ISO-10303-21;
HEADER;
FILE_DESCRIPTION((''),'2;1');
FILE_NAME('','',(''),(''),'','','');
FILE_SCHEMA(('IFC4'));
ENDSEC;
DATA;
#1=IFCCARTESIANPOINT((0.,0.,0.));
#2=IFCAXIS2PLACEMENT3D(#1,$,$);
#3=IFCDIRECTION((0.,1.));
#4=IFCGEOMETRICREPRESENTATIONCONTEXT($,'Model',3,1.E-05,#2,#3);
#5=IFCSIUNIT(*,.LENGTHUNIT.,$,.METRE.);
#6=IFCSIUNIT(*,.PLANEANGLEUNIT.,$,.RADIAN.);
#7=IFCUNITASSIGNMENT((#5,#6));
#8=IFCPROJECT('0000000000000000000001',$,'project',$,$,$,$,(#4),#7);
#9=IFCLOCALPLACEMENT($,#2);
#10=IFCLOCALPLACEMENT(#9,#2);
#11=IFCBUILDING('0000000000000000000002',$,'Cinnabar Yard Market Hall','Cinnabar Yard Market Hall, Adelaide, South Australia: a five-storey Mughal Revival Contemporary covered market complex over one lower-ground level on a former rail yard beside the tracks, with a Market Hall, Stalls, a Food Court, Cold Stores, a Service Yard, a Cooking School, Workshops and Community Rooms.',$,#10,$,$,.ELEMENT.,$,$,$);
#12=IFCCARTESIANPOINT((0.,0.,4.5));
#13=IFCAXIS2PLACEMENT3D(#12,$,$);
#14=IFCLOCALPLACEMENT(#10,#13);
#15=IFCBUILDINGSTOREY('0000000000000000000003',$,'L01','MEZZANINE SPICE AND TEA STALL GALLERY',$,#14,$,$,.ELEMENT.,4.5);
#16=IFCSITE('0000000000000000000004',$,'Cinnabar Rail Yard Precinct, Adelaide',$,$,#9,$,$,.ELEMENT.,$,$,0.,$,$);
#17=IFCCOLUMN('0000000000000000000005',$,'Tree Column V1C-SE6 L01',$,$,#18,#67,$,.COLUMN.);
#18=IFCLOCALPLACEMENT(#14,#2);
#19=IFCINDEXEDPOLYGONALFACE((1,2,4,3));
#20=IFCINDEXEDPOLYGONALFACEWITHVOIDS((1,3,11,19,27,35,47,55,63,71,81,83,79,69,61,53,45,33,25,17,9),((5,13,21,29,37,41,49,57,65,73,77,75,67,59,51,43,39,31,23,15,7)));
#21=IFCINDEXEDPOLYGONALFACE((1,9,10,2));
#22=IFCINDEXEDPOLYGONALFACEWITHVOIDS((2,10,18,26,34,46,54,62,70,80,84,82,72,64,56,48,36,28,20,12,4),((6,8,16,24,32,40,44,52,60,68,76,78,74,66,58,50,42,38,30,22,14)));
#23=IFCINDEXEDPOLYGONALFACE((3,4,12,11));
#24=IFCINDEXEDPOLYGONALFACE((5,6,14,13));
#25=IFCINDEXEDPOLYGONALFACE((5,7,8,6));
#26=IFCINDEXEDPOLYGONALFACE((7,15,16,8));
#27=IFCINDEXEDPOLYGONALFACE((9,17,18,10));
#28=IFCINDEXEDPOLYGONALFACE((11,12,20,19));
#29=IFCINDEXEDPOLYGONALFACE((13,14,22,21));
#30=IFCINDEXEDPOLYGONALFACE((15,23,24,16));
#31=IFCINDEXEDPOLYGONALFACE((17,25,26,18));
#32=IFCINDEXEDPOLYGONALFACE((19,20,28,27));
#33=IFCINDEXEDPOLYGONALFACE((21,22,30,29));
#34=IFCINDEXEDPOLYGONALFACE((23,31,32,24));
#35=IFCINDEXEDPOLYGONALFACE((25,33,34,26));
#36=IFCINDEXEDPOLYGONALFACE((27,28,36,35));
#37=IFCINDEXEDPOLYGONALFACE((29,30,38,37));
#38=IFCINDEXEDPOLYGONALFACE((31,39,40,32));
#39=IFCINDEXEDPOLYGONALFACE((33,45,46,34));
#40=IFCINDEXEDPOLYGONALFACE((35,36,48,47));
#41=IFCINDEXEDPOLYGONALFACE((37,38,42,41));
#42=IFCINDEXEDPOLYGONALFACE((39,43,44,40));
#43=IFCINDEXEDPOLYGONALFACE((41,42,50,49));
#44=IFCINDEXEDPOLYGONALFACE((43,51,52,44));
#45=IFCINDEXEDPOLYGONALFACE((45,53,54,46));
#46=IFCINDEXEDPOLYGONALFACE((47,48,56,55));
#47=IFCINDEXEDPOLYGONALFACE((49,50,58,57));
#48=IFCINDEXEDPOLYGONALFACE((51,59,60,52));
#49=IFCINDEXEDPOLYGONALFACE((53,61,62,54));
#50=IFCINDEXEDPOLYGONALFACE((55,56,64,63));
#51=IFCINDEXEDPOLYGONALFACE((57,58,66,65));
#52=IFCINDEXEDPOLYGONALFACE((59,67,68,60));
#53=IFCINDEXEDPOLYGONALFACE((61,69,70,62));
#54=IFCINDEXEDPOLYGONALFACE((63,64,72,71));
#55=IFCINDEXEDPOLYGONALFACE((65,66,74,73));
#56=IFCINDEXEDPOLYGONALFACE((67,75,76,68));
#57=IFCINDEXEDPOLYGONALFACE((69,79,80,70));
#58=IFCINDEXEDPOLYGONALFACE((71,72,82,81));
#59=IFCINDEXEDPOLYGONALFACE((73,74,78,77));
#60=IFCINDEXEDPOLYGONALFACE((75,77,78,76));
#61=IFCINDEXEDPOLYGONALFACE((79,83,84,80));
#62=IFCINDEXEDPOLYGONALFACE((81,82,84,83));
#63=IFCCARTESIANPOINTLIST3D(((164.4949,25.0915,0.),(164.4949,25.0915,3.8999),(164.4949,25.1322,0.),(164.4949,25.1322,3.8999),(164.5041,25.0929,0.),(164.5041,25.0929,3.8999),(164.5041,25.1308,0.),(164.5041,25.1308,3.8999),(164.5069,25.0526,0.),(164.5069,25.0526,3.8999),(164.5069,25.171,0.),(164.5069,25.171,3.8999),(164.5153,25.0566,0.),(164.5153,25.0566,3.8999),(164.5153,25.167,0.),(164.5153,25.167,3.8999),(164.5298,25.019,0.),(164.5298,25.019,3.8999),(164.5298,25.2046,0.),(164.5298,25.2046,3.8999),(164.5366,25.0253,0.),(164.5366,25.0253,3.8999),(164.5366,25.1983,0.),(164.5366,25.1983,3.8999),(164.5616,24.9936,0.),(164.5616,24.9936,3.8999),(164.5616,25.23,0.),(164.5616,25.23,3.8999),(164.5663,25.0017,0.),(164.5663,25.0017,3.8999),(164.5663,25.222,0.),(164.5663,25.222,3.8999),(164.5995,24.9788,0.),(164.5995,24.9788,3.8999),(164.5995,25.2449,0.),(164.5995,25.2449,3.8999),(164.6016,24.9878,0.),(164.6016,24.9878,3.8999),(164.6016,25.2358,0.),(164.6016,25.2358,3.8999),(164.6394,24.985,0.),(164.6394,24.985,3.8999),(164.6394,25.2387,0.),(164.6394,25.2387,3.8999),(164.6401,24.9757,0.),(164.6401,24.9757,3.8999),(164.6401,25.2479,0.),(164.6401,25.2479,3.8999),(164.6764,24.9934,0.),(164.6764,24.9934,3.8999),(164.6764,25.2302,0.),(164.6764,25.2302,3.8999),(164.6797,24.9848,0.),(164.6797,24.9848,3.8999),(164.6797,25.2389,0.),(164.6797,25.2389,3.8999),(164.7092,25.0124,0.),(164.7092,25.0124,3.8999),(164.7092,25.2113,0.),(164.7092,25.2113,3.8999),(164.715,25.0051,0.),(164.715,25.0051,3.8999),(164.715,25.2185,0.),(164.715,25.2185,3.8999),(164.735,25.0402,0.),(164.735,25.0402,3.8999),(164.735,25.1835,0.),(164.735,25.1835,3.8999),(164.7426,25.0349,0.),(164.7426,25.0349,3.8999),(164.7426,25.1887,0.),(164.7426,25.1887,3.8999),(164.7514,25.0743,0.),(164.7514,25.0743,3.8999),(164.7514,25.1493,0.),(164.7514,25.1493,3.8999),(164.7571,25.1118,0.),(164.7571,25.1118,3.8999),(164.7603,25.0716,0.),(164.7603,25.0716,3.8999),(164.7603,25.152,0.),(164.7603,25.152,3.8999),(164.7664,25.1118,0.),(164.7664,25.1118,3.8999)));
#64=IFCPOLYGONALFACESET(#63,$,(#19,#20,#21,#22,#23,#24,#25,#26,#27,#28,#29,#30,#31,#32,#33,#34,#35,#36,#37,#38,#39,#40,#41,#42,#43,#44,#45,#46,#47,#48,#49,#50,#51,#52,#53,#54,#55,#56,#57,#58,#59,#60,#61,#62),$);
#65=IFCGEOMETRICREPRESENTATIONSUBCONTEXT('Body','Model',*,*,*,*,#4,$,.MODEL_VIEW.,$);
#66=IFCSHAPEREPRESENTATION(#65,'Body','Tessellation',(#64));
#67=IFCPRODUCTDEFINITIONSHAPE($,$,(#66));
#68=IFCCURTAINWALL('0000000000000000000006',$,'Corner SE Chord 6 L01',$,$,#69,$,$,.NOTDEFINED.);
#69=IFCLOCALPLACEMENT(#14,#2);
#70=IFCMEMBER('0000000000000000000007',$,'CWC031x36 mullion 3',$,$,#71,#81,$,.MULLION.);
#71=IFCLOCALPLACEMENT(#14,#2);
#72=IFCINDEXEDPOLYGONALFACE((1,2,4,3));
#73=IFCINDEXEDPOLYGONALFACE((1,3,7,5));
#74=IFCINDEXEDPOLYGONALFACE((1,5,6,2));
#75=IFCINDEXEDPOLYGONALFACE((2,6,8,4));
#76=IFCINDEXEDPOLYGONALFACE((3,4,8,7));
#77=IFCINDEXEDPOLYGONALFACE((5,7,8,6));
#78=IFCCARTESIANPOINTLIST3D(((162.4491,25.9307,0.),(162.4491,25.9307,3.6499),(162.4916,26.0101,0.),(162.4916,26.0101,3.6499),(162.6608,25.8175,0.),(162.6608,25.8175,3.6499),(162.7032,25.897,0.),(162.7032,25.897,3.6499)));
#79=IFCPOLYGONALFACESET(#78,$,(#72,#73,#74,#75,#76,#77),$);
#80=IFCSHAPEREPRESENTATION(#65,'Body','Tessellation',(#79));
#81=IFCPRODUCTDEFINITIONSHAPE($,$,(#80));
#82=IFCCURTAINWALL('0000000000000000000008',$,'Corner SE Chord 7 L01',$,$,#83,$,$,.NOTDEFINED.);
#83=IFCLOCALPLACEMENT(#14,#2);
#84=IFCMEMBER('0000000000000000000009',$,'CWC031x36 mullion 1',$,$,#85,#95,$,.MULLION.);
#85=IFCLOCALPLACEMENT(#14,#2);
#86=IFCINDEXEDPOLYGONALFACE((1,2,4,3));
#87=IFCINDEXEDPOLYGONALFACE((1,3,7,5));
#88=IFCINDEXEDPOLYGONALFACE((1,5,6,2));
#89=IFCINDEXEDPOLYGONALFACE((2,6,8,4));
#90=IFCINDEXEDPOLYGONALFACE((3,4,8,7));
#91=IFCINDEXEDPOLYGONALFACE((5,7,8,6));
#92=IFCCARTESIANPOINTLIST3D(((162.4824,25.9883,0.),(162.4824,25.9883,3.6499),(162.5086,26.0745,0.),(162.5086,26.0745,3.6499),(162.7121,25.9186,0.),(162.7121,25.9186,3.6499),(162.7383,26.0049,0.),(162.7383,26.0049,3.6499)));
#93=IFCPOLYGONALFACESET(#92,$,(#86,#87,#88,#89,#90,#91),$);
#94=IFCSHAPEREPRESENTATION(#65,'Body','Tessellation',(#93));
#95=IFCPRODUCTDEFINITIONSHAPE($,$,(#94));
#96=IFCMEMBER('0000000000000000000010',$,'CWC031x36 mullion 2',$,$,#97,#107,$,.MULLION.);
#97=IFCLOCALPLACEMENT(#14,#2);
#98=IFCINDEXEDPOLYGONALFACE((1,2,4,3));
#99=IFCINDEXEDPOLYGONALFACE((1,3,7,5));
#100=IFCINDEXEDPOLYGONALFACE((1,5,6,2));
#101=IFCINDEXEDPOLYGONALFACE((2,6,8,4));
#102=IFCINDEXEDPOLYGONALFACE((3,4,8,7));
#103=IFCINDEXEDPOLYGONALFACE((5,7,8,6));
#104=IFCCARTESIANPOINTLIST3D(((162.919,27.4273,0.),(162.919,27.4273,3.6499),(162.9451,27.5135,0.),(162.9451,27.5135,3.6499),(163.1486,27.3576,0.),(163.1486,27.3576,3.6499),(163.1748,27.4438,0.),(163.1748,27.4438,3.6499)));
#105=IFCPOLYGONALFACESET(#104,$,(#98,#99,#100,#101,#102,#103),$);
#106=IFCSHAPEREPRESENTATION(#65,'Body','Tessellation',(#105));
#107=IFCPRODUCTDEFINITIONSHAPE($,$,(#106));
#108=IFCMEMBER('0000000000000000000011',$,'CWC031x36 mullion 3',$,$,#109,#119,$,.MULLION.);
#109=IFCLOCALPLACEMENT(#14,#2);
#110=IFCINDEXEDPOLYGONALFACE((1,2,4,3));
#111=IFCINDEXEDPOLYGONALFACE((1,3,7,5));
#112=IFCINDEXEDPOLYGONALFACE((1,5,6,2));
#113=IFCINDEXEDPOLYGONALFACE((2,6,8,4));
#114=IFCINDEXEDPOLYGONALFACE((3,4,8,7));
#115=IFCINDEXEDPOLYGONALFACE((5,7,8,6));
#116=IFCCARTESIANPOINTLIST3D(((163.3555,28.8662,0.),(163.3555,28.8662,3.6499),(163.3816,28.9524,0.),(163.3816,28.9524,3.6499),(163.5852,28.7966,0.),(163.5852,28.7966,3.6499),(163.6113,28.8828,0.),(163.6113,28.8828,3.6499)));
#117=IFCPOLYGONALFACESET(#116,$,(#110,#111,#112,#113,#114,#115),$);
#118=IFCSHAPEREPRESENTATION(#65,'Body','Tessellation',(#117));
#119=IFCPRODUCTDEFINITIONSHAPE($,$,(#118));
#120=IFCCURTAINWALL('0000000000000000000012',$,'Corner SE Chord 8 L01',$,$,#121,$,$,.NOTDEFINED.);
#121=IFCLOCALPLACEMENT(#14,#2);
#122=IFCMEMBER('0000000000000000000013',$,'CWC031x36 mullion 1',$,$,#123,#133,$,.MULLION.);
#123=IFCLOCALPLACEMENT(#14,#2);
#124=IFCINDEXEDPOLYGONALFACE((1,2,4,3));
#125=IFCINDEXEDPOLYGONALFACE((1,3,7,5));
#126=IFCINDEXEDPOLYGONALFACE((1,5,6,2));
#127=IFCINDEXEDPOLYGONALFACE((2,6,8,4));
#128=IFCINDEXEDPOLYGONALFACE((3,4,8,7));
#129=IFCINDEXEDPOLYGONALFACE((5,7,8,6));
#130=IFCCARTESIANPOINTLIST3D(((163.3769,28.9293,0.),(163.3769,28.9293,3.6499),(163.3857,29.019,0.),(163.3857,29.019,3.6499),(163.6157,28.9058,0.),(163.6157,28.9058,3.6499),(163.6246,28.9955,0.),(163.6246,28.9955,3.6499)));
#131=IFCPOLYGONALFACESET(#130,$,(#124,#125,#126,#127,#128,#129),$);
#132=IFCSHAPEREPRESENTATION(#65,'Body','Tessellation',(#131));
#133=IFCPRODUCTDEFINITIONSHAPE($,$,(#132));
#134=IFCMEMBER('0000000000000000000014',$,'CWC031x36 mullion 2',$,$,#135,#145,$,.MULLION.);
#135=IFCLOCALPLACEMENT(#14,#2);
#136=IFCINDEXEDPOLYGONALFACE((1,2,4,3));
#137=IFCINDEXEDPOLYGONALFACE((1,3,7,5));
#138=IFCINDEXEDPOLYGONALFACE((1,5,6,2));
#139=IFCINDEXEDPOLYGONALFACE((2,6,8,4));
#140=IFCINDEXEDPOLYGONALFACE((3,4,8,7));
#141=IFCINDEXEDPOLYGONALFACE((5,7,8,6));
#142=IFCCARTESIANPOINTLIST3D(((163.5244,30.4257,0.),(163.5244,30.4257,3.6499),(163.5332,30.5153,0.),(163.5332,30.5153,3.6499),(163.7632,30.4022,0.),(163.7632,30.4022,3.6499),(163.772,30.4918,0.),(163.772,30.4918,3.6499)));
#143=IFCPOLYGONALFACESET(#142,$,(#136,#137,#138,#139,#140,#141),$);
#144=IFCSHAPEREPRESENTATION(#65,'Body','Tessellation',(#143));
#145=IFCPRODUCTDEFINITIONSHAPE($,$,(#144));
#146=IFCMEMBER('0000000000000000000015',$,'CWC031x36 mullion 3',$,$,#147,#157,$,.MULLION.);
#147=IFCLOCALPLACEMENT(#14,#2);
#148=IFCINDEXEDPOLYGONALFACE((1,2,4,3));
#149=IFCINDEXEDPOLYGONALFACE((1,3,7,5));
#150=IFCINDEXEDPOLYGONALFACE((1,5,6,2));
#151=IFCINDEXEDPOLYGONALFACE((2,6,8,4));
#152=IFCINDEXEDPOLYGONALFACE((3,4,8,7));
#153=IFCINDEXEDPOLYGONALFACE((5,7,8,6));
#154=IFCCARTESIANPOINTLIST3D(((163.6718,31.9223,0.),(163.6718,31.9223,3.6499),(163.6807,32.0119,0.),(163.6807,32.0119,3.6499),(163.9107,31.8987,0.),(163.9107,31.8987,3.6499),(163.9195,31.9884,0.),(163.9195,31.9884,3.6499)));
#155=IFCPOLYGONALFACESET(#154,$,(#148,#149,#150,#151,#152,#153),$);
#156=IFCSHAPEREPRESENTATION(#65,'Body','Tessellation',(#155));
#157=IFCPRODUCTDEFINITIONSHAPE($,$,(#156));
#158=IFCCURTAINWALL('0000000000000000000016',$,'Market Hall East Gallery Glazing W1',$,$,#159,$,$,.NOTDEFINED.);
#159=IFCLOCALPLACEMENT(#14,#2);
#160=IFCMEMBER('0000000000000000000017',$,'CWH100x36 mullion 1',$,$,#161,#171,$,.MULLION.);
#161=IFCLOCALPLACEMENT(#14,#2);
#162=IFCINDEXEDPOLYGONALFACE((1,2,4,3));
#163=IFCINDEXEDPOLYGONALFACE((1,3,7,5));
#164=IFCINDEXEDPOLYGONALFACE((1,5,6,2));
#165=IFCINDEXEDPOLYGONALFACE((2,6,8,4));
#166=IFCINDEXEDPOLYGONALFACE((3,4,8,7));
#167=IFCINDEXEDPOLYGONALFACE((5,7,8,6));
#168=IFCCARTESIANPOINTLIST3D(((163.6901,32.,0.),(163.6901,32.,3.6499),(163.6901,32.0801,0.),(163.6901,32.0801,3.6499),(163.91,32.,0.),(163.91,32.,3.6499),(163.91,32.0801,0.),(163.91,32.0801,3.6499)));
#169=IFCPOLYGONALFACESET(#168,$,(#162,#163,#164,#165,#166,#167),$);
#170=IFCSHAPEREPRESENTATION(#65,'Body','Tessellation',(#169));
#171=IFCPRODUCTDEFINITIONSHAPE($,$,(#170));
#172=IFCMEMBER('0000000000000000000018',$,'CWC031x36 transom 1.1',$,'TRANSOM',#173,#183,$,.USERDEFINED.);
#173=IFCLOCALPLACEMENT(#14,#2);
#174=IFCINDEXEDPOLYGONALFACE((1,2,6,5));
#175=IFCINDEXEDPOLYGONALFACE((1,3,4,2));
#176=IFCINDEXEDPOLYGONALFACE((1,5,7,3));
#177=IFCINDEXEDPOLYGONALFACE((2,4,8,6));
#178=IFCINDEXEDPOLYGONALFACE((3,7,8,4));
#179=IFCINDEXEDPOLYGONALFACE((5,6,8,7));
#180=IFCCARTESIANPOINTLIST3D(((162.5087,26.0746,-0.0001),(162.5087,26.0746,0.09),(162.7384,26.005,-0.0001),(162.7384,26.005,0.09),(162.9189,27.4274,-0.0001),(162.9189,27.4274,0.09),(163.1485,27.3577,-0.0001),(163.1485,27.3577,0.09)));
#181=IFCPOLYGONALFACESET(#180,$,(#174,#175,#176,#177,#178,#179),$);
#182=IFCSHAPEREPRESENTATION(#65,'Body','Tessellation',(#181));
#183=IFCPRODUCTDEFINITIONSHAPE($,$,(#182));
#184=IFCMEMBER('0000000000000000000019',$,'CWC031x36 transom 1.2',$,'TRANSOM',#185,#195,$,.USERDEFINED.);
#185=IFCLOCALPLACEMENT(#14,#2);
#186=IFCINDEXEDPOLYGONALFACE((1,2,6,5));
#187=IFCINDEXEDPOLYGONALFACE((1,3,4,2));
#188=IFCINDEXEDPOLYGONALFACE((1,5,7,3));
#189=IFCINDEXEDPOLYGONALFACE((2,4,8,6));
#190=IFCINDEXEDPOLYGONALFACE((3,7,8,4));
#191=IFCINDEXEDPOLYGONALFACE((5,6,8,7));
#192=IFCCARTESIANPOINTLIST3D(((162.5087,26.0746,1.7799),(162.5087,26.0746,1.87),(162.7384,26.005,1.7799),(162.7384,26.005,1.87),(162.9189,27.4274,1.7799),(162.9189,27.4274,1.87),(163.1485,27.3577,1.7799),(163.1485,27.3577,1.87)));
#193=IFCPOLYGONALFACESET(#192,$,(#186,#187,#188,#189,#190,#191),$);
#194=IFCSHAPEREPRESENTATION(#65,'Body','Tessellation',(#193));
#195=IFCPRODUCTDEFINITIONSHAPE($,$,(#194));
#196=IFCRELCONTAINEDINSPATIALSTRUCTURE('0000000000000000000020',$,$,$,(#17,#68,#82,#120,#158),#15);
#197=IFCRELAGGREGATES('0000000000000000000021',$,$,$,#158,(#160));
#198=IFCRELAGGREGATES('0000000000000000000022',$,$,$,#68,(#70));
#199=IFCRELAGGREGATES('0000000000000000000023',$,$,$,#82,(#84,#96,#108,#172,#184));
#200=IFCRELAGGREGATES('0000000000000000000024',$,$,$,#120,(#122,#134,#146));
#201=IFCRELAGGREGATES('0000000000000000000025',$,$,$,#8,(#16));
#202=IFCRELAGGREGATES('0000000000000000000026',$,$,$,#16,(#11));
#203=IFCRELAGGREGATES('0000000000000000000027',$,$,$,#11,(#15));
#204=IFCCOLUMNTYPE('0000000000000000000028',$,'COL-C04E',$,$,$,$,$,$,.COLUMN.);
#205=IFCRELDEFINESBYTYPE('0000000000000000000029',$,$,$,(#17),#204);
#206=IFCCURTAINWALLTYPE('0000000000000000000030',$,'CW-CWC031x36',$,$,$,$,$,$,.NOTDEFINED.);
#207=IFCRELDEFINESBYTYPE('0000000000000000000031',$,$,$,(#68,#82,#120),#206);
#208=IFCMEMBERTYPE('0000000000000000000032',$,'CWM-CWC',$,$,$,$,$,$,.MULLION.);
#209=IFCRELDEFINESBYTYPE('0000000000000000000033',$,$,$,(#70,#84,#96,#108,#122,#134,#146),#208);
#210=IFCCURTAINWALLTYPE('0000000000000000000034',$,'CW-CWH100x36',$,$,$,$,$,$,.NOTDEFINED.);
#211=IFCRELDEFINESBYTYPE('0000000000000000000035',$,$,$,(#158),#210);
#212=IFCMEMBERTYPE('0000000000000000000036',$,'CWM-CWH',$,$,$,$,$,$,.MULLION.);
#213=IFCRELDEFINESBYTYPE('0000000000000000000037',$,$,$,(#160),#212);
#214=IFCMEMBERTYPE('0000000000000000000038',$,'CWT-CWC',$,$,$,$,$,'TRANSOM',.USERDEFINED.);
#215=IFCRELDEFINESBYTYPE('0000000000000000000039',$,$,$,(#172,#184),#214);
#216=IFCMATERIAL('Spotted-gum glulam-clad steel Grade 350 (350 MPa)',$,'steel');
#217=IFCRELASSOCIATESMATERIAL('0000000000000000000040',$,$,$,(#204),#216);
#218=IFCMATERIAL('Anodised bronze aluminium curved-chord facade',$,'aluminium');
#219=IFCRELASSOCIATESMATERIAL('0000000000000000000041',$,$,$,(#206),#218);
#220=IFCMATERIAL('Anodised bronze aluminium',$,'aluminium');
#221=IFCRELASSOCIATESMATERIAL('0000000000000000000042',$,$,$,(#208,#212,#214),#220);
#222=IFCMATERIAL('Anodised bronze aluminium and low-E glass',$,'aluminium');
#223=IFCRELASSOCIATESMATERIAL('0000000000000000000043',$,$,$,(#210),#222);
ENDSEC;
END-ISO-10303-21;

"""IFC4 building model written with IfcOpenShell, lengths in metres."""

from ifc_helpers import new_model, si_unit, direction, frame, origin, origin_2d_with_axis, place, context, subcontext, project, spatial, rectangle, hollow_circle, extrude, material, material_profile, profile_set, type_object, element, aggregate, save


model = new_model("IFC4")

# Units and contexts
model_context = context("Model", 3, precision=1e-05, world=origin(), true_north=direction((0.0, 1.0)))
body_context = subcontext(model_context, "Body", "Model", "MODEL_VIEW")
ifc_project = project(units=[si_unit("LENGTHUNIT", "METRE"), si_unit("PLANEANGLEUNIT", "RADIAN")], contexts=[model_context])

# Site, building, storey
site_placement = place(None, origin())
site = spatial("IfcSite", under=ifc_project, at=site_placement, Name="Cinnabar Rail Yard Precinct, Adelaide", CompositionType="ELEMENT", RefElevation=0.0)
building_placement = place(site_placement, origin())
building = spatial("IfcBuilding", under=site, at=building_placement, Name="Cinnabar Yard Market Hall", Description="Cinnabar Yard Market Hall, Adelaide, South Australia: a five-storey Mughal Revival Contemporary covered market complex over one lower-ground level on a former rail yard beside the tracks, with a Market Hall, Stalls, a Food Court, Cold Stores, a Service Yard, a Cooking School, Workshops and Community Rooms.", CompositionType="ELEMENT")
storey_placement = place(building_placement, frame((0.0, 0.0, 4.5)))
storey = spatial("IfcBuildingStorey", under=building, at=storey_placement, Name="L01", Description="MEZZANINE SPICE AND TEA STALL GALLERY", CompositionType="ELEMENT", Elevation=4.5)

# Column
ifc_material_1 = material(Name="Spotted-gum glulam-clad steel Grade 350 (350 MPa)", Category="steel")
ifc_material_profile_1 = material_profile(ifc_material_1, hollow_circle(Radius=0.1365, WallThickness=0.0093, at=origin_2d_with_axis()), Name="273.1x9.3CHS")
ifc_profile_set_1 = profile_set([ifc_material_profile_1], Name="Spotted-gum glulam-clad steel Grade 350 (350 MPa)")
column_type = type_object("IfcColumnType", Name="COL-C04E", PredefinedType="COLUMN", material=ifc_profile_set_1)
column_placement = place(storey_placement, frame((164.6299, 25.1118, 0.0), z_axis=(0.0, 0.0, 1.0), x_axis=(1.0, 0.0, 0.0)))
element("IfcColumn", 1, at=column_placement, inside=storey, type_object=column_type, Name="Tree Column V1C-SE6 L01", PredefinedType="COLUMN", context=body_context, shape_type="SweptSolid", body=[
    extrude(hollow_circle(Radius=0.1365, WallThickness=0.0093, at=origin_2d_with_axis()), origin(), (0.0, 0.0, 1.0), 3.8999),
])

# Curtain wall, member
ifc_material_2 = material(Name="Anodised bronze aluminium curved-chord facade", Category="aluminium")
curtain_wall_type_1 = type_object("IfcCurtainWallType", Name="CW-CWC031x36", PredefinedType="NOTDEFINED", material=ifc_material_2)
curtain_wall_1_placement = place(storey_placement, origin())
curtain_wall_1 = element("IfcCurtainWall", 2, at=curtain_wall_1_placement, inside=storey, type_object=curtain_wall_type_1, Name="Corner SE Chord 6 L01", PredefinedType="NOTDEFINED")
ifc_material_3 = material(Name="Anodised bronze aluminium", Category="aluminium")
ifc_material_profile_2 = material_profile(ifc_material_3, rectangle(XDim=0.24, YDim=0.0901, at=origin_2d_with_axis()), Name="MUL-CWC")
ifc_profile_set_2 = profile_set([ifc_material_profile_2], Name="Anodised bronze aluminium")
member_type_1 = type_object("IfcMemberType", Name="CWM-CWC", PredefinedType="MULLION", material=ifc_profile_set_2)
member_1_placement = place(storey_placement, frame((162.5762, 25.9138, 0.0), z_axis=(0.0, 0.0, 1.0), x_axis=(-0.881917, 0.471404, 0.0)))
member_1 = element("IfcMember", 3, at=member_1_placement, type_object=member_type_1, Name="CWC031x36 mullion 3", PredefinedType="MULLION", context=body_context, shape_type="SweptSolid", body=[
    extrude(rectangle(XDim=0.24, YDim=0.0901, at=origin_2d_with_axis()), origin(), (0.0, 0.0, 1.0), 3.6499),
])

# Curtain walls, members
curtain_wall_2_placement = place(storey_placement, origin())
curtain_wall_2 = element("IfcCurtainWall", 4, at=curtain_wall_2_placement, inside=storey, type_object=curtain_wall_type_1, Name="Corner SE Chord 7 L01", PredefinedType="NOTDEFINED")
member_2_placement = place(storey_placement, frame((162.6104, 25.9966, 0.0), z_axis=(0.0, 0.0, 1.0), x_axis=(-0.956942, 0.290279, 0.0)))
member_2 = element("IfcMember", 5, at=member_2_placement, type_object=member_type_1, Name="CWC031x36 mullion 1", PredefinedType="MULLION", context=body_context, shape_type="SweptSolid", body=[
    extrude(rectangle(XDim=0.24, YDim=0.0901, at=origin_2d_with_axis()), origin(), (0.0, 0.0, 1.0), 3.6499),
])
member_3_placement = place(storey_placement, frame((163.0469, 27.4355, 0.0), z_axis=(0.0, 0.0, 1.0), x_axis=(-0.956942, 0.290279, 0.0)))
member_3 = element("IfcMember", 6, at=member_3_placement, type_object=member_type_1, Name="CWC031x36 mullion 2", PredefinedType="MULLION", context=body_context, shape_type="SweptSolid", body=[
    extrude(rectangle(XDim=0.24, YDim=0.0901, at=origin_2d_with_axis()), origin(), (0.0, 0.0, 1.0), 3.6499),
])
member_4_placement = place(storey_placement, frame((163.4834, 28.8745, 0.0), z_axis=(0.0, 0.0, 1.0), x_axis=(-0.956942, 0.290279, 0.0)))
member_4 = element("IfcMember", 7, at=member_4_placement, type_object=member_type_1, Name="CWC031x36 mullion 3", PredefinedType="MULLION", context=body_context, shape_type="SweptSolid", body=[
    extrude(rectangle(XDim=0.24, YDim=0.0901, at=origin_2d_with_axis()), origin(), (0.0, 0.0, 1.0), 3.6499),
])
curtain_wall_3_placement = place(storey_placement, origin())
curtain_wall_3 = element("IfcCurtainWall", 8, at=curtain_wall_3_placement, inside=storey, type_object=curtain_wall_type_1, Name="Corner SE Chord 8 L01", PredefinedType="NOTDEFINED")
member_5_placement = place(storey_placement, frame((163.5007, 28.9624, 0.0), z_axis=(0.0, 0.0, 1.0), x_axis=(-0.995184, 0.09802, 0.0)))
member_5 = element("IfcMember", 9, at=member_5_placement, type_object=member_type_1, Name="CWC031x36 mullion 1", PredefinedType="MULLION", context=body_context, shape_type="SweptSolid", body=[
    extrude(rectangle(XDim=0.24, YDim=0.0901, at=origin_2d_with_axis()), origin(), (0.0, 0.0, 1.0), 3.6499),
])
member_6_placement = place(storey_placement, frame((163.6482, 30.4587, 0.0), z_axis=(0.0, 0.0, 1.0), x_axis=(-0.995184, 0.09802, 0.0)))
member_6 = element("IfcMember", 10, at=member_6_placement, type_object=member_type_1, Name="CWC031x36 mullion 2", PredefinedType="MULLION", context=body_context, shape_type="SweptSolid", body=[
    extrude(rectangle(XDim=0.24, YDim=0.0901, at=origin_2d_with_axis()), origin(), (0.0, 0.0, 1.0), 3.6499),
])
member_7_placement = place(storey_placement, frame((163.7957, 31.9553, 0.0), z_axis=(0.0, 0.0, 1.0), x_axis=(-0.995184, 0.09802, 0.0)))
member_7 = element("IfcMember", 11, at=member_7_placement, type_object=member_type_1, Name="CWC031x36 mullion 3", PredefinedType="MULLION", context=body_context, shape_type="SweptSolid", body=[
    extrude(rectangle(XDim=0.24, YDim=0.0901, at=origin_2d_with_axis()), origin(), (0.0, 0.0, 1.0), 3.6499),
])

# Curtain wall, member
ifc_material_4 = material(Name="Anodised bronze aluminium and low-E glass", Category="aluminium")
curtain_wall_type_2 = type_object("IfcCurtainWallType", Name="CW-CWH100x36", PredefinedType="NOTDEFINED", material=ifc_material_4)
curtain_wall_4_placement = place(storey_placement, origin())
curtain_wall_4 = element("IfcCurtainWall", 12, at=curtain_wall_4_placement, inside=storey, type_object=curtain_wall_type_2, Name="Market Hall East Gallery Glazing W1", PredefinedType="NOTDEFINED")
ifc_material_profile_3 = material_profile(ifc_material_3, rectangle(XDim=0.22, YDim=0.0801, at=origin_2d_with_axis()), Name="MUL-CWH")
ifc_profile_set_3 = profile_set([ifc_material_profile_3], Name="Anodised bronze aluminium")
member_type_2 = type_object("IfcMemberType", Name="CWM-CWH", PredefinedType="MULLION", material=ifc_profile_set_3)
member_8_placement = place(storey_placement, frame((163.8, 32.04, 0.0), z_axis=(0.0, 0.0, 1.0), x_axis=(-1.0, 0.0, 0.0)))
member_8 = element("IfcMember", 13, at=member_8_placement, type_object=member_type_2, Name="CWH100x36 mullion 1", PredefinedType="MULLION", context=body_context, shape_type="SweptSolid", body=[
    extrude(rectangle(XDim=0.22, YDim=0.0801, at=origin_2d_with_axis()), origin(), (0.0, 0.0, 1.0), 3.6499),
])

# Members
ifc_material_profile_4 = material_profile(ifc_material_3, rectangle(XDim=0.24, YDim=0.0901, at=origin_2d_with_axis()), Name="TRN-CWC")
ifc_profile_set_4 = profile_set([ifc_material_profile_4], Name="Anodised bronze aluminium")
member_type_3 = type_object("IfcMemberType", Name="CWT-CWC", ElementType="TRANSOM", PredefinedType="USERDEFINED", material=ifc_profile_set_4)
member_9_placement = place(storey_placement, frame((162.6235, 26.0398, 0.0449), z_axis=(0.290151, 0.956981, 0.0), x_axis=(-0.956981, 0.290151, 0.0)))
member_9 = element("IfcMember", 14, at=member_9_placement, type_object=member_type_3, Name="CWC031x36 transom 1.1", ObjectType="TRANSOM", PredefinedType="USERDEFINED", context=body_context, shape_type="SweptSolid", body=[
    extrude(rectangle(XDim=0.24, YDim=0.0901, at=origin_2d_with_axis()), origin(), (0.0, 0.0, 1.0), 1.4136),
])
member_10_placement = place(storey_placement, frame((162.6235, 26.0398, 1.825), z_axis=(0.290151, 0.956981, 0.0), x_axis=(-0.956981, 0.290151, 0.0)))
member_10 = element("IfcMember", 15, at=member_10_placement, type_object=member_type_3, Name="CWC031x36 transom 1.2", ObjectType="TRANSOM", PredefinedType="USERDEFINED", context=body_context, shape_type="SweptSolid", body=[
    extrude(rectangle(XDim=0.24, YDim=0.0901, at=origin_2d_with_axis()), origin(), (0.0, 0.0, 1.0), 1.4136),
])
aggregate(curtain_wall_4, [member_8])

aggregate(curtain_wall_1, [member_1])
aggregate(curtain_wall_2, [member_2, member_3, member_4, member_9, member_10])
aggregate(curtain_wall_3, [member_5, member_6, member_7])

save(model, "model.ifc")
